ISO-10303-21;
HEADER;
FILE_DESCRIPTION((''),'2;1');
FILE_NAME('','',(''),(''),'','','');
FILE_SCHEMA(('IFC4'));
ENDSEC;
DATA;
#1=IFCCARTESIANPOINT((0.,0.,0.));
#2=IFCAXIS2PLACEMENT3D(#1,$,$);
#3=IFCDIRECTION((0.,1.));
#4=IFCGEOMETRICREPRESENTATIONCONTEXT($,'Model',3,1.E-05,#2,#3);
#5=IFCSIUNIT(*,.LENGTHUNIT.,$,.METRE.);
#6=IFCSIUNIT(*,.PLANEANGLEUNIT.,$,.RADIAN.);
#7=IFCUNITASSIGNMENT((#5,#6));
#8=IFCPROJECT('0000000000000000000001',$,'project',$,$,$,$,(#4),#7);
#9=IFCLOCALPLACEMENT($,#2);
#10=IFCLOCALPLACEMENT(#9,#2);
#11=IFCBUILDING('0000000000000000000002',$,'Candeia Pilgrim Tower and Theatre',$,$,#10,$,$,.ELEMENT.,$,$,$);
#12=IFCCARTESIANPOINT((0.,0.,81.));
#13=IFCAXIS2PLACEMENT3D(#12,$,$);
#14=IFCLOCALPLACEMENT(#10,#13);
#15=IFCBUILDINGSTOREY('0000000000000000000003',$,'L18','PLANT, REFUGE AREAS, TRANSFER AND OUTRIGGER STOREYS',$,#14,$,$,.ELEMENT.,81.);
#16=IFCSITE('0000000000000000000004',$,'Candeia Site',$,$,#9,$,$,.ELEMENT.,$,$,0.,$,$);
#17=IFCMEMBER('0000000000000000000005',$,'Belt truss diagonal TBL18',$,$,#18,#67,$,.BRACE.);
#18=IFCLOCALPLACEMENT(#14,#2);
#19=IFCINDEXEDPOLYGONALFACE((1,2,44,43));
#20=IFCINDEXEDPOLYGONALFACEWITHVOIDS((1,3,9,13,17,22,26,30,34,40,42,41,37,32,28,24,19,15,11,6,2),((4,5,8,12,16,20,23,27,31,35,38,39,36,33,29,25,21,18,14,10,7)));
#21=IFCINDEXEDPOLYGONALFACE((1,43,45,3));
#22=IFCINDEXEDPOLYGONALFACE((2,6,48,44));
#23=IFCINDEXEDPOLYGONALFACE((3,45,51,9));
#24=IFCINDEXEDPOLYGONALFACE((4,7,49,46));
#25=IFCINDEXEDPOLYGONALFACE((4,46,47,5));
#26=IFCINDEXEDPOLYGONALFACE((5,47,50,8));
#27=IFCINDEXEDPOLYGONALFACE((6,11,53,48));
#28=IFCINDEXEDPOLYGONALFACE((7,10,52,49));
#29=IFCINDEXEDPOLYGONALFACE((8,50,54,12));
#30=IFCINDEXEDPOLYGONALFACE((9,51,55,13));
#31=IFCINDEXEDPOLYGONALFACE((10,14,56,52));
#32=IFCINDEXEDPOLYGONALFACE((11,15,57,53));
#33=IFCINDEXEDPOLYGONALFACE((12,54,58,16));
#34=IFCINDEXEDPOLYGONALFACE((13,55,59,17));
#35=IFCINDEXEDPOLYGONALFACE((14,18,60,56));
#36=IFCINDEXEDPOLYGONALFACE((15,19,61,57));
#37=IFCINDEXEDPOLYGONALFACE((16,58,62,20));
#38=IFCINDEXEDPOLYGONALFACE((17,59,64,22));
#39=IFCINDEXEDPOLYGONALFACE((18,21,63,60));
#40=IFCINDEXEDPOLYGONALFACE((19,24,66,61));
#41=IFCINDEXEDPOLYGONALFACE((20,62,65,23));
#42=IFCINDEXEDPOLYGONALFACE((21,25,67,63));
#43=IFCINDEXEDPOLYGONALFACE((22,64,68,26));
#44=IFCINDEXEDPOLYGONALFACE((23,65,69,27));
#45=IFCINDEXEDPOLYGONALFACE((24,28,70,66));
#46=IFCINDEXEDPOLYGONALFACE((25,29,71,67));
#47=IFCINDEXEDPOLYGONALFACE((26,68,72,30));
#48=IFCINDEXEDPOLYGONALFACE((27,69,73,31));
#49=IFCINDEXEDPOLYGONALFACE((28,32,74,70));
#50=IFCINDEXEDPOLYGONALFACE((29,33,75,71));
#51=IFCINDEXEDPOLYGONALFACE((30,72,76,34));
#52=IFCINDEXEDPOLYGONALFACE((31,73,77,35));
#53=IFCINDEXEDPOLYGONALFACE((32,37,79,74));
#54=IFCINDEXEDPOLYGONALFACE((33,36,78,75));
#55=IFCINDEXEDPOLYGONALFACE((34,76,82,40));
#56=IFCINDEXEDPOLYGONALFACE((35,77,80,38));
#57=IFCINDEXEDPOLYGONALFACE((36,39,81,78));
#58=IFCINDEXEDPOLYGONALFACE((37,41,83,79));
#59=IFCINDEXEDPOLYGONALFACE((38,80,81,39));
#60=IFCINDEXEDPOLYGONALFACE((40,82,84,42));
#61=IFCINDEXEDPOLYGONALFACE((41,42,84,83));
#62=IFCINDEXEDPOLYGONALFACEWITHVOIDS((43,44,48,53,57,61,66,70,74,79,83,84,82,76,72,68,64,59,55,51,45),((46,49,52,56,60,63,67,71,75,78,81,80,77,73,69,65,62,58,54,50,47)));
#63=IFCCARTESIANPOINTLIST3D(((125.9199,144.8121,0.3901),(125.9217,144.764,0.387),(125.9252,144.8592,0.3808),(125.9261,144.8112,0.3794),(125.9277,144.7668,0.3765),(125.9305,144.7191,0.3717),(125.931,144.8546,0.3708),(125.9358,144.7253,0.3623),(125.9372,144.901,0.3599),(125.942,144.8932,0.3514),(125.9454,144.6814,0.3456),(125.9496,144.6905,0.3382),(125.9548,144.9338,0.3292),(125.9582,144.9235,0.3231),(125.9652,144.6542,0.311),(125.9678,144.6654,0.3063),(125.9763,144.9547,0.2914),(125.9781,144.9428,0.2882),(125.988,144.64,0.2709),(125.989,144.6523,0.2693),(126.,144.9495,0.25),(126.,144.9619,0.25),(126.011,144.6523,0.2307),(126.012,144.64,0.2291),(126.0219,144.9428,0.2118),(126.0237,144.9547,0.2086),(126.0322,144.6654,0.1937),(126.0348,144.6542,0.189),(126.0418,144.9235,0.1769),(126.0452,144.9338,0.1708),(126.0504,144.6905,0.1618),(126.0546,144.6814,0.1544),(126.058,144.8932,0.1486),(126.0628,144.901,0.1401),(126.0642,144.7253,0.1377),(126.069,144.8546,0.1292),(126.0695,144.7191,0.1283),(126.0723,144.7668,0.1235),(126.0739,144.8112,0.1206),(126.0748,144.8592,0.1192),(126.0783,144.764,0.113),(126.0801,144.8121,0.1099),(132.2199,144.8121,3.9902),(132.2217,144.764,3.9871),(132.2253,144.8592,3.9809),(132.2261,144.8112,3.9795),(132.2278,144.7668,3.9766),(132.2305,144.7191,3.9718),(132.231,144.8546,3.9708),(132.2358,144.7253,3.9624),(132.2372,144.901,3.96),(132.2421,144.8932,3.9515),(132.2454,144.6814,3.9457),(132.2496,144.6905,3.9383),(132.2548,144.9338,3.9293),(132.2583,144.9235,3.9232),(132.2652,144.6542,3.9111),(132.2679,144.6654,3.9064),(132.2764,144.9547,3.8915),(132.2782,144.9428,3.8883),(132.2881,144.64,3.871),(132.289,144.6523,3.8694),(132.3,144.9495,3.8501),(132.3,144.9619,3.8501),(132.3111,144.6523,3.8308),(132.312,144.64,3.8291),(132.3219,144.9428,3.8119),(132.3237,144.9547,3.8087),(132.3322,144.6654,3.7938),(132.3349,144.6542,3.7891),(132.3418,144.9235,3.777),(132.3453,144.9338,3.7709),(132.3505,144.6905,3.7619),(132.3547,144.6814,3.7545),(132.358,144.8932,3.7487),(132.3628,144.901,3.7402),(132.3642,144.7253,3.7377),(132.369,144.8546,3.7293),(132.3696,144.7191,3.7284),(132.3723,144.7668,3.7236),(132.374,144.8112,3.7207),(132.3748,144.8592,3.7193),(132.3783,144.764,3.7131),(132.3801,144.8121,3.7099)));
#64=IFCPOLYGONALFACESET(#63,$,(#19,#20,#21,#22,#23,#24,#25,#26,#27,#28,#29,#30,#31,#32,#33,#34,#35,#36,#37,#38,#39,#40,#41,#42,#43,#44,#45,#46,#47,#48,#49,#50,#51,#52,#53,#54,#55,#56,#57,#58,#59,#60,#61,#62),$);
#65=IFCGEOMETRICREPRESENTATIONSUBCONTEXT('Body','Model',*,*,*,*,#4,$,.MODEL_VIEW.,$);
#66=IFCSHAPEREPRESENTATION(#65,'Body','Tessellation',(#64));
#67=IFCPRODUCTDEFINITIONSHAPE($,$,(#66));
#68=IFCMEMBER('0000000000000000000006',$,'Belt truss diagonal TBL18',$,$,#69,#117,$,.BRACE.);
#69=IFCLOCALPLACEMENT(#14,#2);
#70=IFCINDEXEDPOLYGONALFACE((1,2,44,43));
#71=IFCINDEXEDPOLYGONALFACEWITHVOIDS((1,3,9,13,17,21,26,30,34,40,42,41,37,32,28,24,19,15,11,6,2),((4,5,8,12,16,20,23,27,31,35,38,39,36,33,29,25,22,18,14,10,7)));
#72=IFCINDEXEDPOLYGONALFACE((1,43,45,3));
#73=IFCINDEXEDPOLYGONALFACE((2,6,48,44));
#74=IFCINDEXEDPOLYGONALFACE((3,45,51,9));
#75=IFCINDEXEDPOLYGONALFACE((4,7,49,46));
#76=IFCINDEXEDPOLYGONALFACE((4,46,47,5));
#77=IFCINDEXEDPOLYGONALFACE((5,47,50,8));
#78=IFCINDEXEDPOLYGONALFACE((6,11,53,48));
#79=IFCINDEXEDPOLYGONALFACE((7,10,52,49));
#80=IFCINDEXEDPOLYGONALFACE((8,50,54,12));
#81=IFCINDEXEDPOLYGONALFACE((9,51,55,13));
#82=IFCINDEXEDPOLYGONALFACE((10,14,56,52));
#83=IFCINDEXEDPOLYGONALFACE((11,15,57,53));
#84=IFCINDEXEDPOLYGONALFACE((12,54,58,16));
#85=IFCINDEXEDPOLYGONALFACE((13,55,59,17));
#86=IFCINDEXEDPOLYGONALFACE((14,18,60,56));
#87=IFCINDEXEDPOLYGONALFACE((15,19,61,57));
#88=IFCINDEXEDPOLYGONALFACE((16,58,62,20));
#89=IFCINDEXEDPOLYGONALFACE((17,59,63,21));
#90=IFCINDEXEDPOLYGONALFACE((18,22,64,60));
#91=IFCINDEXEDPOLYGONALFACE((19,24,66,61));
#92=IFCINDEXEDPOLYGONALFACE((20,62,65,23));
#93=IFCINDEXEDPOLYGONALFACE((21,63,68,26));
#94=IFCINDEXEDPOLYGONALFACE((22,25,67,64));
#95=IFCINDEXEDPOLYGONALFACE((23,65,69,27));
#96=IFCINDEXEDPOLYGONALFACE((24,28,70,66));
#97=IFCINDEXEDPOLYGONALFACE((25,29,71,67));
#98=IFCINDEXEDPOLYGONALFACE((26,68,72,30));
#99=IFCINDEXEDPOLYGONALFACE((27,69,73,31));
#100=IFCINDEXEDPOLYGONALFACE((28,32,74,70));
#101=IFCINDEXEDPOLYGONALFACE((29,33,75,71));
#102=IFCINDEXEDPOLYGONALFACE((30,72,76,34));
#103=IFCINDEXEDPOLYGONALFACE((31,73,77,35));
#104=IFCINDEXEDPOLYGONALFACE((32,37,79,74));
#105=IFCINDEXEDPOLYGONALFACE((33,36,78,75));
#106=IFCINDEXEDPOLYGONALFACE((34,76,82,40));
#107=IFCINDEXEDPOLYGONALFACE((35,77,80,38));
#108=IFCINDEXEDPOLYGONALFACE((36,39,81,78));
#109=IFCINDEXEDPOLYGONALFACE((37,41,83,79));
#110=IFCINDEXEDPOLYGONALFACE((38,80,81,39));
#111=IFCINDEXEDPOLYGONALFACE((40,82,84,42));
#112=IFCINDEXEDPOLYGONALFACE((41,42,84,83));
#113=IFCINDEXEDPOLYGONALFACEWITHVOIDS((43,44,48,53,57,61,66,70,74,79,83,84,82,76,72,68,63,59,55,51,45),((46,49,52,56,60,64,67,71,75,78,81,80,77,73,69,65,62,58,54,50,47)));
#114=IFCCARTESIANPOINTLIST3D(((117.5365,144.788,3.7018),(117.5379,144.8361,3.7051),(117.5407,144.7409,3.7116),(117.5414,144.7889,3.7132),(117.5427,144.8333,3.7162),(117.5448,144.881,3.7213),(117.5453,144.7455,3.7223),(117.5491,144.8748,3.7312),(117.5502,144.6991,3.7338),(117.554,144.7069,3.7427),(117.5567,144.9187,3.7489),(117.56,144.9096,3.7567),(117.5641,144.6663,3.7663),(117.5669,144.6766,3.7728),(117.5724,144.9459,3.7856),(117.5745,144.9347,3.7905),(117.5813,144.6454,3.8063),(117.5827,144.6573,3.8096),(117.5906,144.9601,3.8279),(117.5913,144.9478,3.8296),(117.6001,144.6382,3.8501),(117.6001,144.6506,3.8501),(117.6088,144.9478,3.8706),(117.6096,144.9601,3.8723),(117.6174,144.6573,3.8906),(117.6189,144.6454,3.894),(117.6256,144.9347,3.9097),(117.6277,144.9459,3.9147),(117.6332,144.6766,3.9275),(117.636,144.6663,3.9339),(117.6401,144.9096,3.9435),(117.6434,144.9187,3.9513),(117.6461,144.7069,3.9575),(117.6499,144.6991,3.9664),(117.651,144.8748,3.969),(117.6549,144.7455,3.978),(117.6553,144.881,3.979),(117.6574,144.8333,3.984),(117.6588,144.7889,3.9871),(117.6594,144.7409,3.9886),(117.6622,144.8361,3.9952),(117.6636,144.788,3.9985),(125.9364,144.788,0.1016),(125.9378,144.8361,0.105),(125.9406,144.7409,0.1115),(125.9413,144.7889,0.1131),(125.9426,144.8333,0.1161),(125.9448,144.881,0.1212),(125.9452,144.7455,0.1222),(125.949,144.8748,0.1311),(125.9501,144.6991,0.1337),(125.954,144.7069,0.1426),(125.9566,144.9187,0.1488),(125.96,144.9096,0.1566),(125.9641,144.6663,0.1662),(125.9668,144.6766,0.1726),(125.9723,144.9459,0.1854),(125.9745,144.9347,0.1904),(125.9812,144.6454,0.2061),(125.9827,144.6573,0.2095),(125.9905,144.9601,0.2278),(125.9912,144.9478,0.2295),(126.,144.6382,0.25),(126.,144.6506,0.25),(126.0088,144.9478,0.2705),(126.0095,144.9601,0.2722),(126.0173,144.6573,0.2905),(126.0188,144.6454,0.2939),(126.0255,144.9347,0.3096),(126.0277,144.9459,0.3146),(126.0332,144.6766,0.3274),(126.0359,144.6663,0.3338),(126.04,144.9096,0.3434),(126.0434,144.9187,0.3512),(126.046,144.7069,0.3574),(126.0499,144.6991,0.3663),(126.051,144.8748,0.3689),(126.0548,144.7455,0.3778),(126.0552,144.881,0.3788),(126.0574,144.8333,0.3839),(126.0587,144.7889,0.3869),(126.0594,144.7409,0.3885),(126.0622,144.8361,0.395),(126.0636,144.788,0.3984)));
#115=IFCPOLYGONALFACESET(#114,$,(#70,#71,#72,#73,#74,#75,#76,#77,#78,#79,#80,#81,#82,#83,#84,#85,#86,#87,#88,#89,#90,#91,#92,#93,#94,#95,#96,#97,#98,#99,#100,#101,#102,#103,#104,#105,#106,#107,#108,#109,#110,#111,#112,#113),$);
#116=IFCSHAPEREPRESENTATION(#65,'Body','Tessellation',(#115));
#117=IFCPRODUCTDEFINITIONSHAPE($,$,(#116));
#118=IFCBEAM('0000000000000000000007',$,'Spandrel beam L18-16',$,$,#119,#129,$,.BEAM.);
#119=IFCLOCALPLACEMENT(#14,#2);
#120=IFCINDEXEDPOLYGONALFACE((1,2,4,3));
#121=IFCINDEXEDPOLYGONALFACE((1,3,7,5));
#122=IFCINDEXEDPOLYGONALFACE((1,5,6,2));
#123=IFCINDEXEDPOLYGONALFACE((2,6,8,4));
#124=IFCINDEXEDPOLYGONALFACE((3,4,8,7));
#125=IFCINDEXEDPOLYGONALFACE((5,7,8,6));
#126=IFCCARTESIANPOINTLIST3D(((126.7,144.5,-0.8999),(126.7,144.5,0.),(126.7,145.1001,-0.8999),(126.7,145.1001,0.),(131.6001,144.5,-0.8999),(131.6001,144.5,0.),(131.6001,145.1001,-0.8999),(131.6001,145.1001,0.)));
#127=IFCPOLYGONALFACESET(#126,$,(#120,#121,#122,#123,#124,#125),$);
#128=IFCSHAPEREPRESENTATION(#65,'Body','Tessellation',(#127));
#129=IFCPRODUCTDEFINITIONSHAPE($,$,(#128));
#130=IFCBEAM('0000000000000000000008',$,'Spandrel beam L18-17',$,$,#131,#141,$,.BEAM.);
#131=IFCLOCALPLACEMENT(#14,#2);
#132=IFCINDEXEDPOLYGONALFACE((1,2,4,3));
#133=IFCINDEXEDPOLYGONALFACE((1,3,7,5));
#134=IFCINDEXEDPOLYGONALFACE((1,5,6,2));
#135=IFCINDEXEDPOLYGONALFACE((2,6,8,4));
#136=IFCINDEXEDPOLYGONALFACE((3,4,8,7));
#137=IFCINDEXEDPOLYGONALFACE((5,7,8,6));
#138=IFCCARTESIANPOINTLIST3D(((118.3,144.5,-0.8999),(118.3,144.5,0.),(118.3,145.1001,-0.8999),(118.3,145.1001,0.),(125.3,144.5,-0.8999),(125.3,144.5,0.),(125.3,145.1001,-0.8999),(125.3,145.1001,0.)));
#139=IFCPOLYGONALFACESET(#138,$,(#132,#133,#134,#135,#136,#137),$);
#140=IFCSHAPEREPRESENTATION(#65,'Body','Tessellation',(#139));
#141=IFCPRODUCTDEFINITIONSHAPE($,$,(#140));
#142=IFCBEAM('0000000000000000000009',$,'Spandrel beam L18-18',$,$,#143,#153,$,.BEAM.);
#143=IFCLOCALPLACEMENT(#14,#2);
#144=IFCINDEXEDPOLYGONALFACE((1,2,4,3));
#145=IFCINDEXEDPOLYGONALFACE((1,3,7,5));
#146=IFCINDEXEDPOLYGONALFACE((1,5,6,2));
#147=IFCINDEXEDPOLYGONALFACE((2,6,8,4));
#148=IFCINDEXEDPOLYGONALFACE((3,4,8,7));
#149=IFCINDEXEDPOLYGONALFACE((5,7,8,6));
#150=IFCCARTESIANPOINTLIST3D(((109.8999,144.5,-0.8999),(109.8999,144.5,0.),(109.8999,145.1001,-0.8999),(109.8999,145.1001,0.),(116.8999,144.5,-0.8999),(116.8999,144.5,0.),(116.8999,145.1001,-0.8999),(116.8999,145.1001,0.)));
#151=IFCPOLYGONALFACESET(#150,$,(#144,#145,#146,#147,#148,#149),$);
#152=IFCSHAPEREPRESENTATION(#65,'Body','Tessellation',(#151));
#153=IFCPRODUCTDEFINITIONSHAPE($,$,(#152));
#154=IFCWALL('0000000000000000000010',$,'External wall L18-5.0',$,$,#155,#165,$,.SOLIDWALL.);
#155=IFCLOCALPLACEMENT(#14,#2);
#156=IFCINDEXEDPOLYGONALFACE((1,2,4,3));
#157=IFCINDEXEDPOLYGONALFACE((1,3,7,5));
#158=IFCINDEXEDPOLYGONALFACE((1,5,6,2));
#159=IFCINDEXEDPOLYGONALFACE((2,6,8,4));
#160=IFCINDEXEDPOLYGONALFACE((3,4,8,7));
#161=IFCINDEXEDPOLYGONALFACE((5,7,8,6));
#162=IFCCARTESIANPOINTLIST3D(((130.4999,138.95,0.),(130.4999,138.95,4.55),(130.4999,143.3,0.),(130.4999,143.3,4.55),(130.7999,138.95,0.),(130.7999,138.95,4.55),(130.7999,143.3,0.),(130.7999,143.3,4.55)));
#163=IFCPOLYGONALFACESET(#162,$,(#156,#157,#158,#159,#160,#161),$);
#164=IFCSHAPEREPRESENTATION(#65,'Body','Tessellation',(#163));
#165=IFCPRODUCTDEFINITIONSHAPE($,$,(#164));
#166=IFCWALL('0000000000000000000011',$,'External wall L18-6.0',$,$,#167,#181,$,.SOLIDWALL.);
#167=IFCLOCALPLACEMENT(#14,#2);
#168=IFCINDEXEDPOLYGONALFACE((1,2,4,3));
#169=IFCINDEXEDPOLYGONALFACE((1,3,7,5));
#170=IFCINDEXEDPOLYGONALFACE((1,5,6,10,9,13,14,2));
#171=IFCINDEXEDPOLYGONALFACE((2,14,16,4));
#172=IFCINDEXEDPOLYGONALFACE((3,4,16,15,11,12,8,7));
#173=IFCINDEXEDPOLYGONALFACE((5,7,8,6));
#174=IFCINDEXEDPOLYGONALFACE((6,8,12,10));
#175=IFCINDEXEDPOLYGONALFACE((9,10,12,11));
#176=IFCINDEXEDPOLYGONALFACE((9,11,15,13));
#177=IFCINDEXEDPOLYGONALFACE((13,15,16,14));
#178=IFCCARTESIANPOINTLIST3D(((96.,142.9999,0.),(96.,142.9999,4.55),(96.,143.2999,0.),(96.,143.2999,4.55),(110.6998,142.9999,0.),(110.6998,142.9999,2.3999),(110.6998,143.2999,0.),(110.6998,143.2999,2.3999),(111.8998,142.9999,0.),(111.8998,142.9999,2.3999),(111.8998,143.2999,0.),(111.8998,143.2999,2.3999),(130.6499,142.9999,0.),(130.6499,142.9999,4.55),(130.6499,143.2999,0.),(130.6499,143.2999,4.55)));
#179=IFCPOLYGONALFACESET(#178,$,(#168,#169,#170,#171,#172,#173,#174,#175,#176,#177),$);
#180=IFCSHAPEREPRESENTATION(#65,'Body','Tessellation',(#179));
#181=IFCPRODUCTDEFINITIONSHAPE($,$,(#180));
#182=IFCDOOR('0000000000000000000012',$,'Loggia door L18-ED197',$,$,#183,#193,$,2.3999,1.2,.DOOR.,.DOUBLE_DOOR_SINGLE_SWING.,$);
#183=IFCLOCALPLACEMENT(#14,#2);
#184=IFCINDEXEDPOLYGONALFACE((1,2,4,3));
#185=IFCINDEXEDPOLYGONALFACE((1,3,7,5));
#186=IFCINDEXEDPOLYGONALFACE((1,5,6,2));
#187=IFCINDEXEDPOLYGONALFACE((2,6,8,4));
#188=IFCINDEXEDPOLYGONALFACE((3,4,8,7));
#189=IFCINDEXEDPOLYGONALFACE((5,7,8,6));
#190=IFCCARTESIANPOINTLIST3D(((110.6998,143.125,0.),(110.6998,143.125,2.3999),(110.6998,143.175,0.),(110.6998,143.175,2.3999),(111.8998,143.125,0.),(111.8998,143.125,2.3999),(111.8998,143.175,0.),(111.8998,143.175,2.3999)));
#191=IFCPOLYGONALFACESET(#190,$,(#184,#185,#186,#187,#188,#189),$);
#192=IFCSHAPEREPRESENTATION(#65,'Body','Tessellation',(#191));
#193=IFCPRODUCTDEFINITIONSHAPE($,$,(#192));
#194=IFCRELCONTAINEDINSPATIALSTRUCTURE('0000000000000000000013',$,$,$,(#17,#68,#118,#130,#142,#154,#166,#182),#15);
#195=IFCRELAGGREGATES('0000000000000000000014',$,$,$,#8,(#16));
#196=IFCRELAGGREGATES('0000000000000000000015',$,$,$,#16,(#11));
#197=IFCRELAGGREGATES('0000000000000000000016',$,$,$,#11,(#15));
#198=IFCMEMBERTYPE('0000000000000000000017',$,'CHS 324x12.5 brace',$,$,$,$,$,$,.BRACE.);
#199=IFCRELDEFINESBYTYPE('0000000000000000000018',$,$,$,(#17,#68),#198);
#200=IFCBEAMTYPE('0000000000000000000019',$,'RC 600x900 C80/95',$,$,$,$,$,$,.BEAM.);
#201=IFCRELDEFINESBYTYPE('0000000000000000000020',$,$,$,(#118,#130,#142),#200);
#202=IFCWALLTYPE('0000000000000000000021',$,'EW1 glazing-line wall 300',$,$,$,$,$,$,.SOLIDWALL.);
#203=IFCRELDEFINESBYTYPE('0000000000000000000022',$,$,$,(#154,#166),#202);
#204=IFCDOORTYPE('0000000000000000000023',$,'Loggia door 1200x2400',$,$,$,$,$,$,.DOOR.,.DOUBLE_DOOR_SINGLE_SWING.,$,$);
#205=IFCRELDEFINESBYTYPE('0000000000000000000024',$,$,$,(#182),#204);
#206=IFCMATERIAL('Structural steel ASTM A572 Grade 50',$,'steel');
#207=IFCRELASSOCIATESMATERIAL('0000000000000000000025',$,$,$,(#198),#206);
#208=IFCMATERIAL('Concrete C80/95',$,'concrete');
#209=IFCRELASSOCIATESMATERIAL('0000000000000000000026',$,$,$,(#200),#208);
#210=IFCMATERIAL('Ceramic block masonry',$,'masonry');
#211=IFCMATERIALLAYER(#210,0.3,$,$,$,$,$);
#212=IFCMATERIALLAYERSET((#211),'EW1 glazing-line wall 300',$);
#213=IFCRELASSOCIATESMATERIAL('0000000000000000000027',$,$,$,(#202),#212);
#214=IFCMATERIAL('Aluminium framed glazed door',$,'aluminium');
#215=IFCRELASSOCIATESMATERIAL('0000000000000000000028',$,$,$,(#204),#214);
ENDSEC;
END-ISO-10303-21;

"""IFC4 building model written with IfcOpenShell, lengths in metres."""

from ifc_helpers import new_model, si_unit, direction, frame, frame_2d, origin, origin_2d, place, context, subcontext, project, spatial, rectangle, hollow_circle, extrude, material, layer, layer_set, material_profile, profile_set, type_object, element, fill, save


model = new_model("IFC4")

# Units and contexts
model_context = context("Model", 3, precision=1e-05, world=origin(), true_north=direction((0.0, 1.0)))
body_context = subcontext(model_context, "Body", "Model", "MODEL_VIEW")
ifc_project = project(units=[si_unit("LENGTHUNIT", "METRE"), si_unit("PLANEANGLEUNIT", "RADIAN")], contexts=[model_context])

# Site, building, storey
site_placement = place(None, origin())
site = spatial("IfcSite", under=ifc_project, at=site_placement, Name="Candeia Site", CompositionType="ELEMENT", RefElevation=0.0)
building_placement = place(site_placement, origin())
building = spatial("IfcBuilding", under=site, at=building_placement, Name="Candeia Pilgrim Tower and Theatre", CompositionType="ELEMENT")
storey_placement = place(building_placement, frame((0.0, 0.0, 81.0)))
storey = spatial("IfcBuildingStorey", under=building, at=storey_placement, Name="L18", Description="PLANT, REFUGE AREAS, TRANSFER AND OUTRIGGER STOREYS", CompositionType="ELEMENT", Elevation=81.0)

# Shared definitions
ifc_material_1 = material(Name="Concrete C80/95", Category="concrete")

# Members
ifc_material_2 = material(Name="Structural steel ASTM A572 Grade 50", Category="steel")
ifc_material_profile_1 = material_profile(ifc_material_2, hollow_circle(Radius=0.1619, WallThickness=0.0125, at=origin_2d()))
ifc_profile_set_1 = profile_set([ifc_material_profile_1], Name="Structural steel ASTM A572 Grade 50")
member_type_1 = type_object("IfcMemberType", Name="CHS 324x12.5 brace", PredefinedType="BRACE", material=ifc_profile_set_1)
member_1_placement = place(storey_placement, frame((126.0, 144.8, 0.25), z_axis=(0.868239, 0.0, 0.496146), x_axis=(0.0, 1.0, 0.0)))
element("IfcMember", 1, at=member_1_placement, inside=storey, type_object=member_type_1, Name="Belt truss diagonal TBL18", PredefinedType="BRACE", context=body_context, shape_type="SweptSolid", body=[
    extrude(hollow_circle(Radius=0.1619, WallThickness=0.0125, at=origin_2d()), origin(), (0.0, 0.0, 1.0), 7.2561),
])
member_2_placement = place(storey_placement, frame((126.0, 144.8, 0.25), z_axis=(-0.91914, 0.0, 0.393932), x_axis=(0.0, -1.0, 0.0)))
element("IfcMember", 2, at=member_2_placement, inside=storey, type_object=member_type_1, Name="Belt truss diagonal TBL18", PredefinedType="BRACE", context=body_context, shape_type="SweptSolid", body=[
    extrude(hollow_circle(Radius=0.1619, WallThickness=0.0125, at=origin_2d()), origin(), (0.0, 0.0, 1.0), 9.1389),
])

# Beams
ifc_material_profile_2 = material_profile(ifc_material_1, rectangle(XDim=0.6001, YDim=0.8999, at=origin_2d()))
ifc_profile_set_2 = profile_set([ifc_material_profile_2], Name="Concrete C80/95")
beam_type = type_object("IfcBeamType", Name="RC 600x900 C80/95", PredefinedType="BEAM", material=ifc_profile_set_2)
beam_placement = place(storey_placement, frame((131.6001, 144.8, -0.45), z_axis=(-1.0, 0.0, 0.0), x_axis=(0.0, -1.0, 0.0)))
element("IfcBeam", 3, at=beam_placement, inside=storey, type_object=beam_type, Name="Spandrel beam L18-16", PredefinedType="BEAM", context=body_context, shape_type="SweptSolid", body=[
    extrude(rectangle(XDim=0.6001, YDim=0.8999, at=origin_2d()), origin(), (0.0, 0.0, 1.0), 4.9001),
])
for number, where, z_axis, x_axis, name in (
    (4, (125.3, 144.8, -0.45), (-1.0, 0.0, 0.0), (0.0, -1.0, 0.0), "Spandrel beam L18-17"),
    (5, (116.8999, 144.8, -0.45), (-1.0, 0.0, 0.0), (0.0, -1.0, 0.0), "Spandrel beam L18-18"),
):
    element("IfcBeam", number, at=place(storey_placement, frame(where, z_axis=z_axis, x_axis=x_axis)), inside=storey, type_object=beam_type, Name=name, PredefinedType="BEAM", context=body_context, shape_type="SweptSolid", body=[
        extrude(rectangle(XDim=0.6001, YDim=0.8999, at=origin_2d()), origin(), (0.0, 0.0, 1.0), 7.0),
    ])

# Wall
ifc_material_3 = material(Name="Ceramic block masonry", Category="masonry")
ifc_layer_1 = layer(ifc_material_3, 0.3)
ifc_layer_set_1 = layer_set([ifc_layer_1], Name="EW1 glazing-line wall 300")
wall_type_1 = type_object("IfcWallType", Name="EW1 glazing-line wall 300", PredefinedType="SOLIDWALL", material=ifc_layer_set_1)
wall_1_placement = place(storey_placement, frame((130.6499, 138.95, 0.0), z_axis=(0.0, 0.0, 1.0), x_axis=(0.0, 1.0, 0.0)))
element("IfcWall", 6, at=wall_1_placement, inside=storey, type_object=wall_type_1, Name="External wall L18-5.0", PredefinedType="SOLIDWALL", context=body_context, shape_type="SweptSolid", body=[
    extrude(rectangle(XDim=4.3501, YDim=0.3, at=frame_2d((2.175, 0.0))), origin(), (0.0, 0.0, 1.0), 4.55),
])

# Wall, opening, door
wall_2_placement = place(storey_placement, frame((130.6499, 143.1499, 0.0), z_axis=(0.0, 0.0, 1.0), x_axis=(-1.0, 0.0, 0.0)))
wall_2 = element("IfcWall", 7, at=wall_2_placement, inside=storey, type_object=wall_type_1, Name="External wall L18-6.0", PredefinedType="SOLIDWALL", context=body_context, shape_type="SweptSolid", body=[
    extrude(rectangle(XDim=34.6499, YDim=0.3, at=frame_2d((17.325, 0.0))), origin(), (0.0, 0.0, 1.0), 4.55),
])
opening_placement = place(wall_2_placement, frame((18.75, 0.0, 0.0)))
opening = element("IfcOpeningElement", 8, at=opening_placement, cuts=wall_2, PredefinedType="OPENING", context=body_context, shape_type="SweptSolid", body=[
    extrude(rectangle(XDim=1.2, YDim=2.3999, at=frame_2d((0.6001, 1.2))), frame((0.0, 0.1602, 0.0), z_axis=(0.0, -1.0, 0.0), x_axis=(1.0, 0.0, 0.0)), (0.0, 0.0, 1.0), 0.3201),
])
ifc_material_4 = material(Name="Aluminium framed glazed door", Category="aluminium")
door_type = type_object("IfcDoorType", Name="Loggia door 1200x2400", OperationType="DOUBLE_DOOR_SINGLE_SWING", PredefinedType="DOOR", material=ifc_material_4)
door_placement = place(opening_placement, origin())
door = element("IfcDoor", 9, at=door_placement, inside=storey, type_object=door_type, Name="Loggia door L18-ED197", OperationType="DOUBLE_DOOR_SINGLE_SWING", OverallHeight=2.3999, OverallWidth=1.2, PredefinedType="DOOR", context=body_context, shape_type="SweptSolid", body=[
    extrude(rectangle(XDim=1.2, YDim=2.3999, at=frame_2d((0.6001, 1.2))), frame((0.0, 0.0249, 0.0), z_axis=(0.0, -1.0, 0.0), x_axis=(1.0, 0.0, 0.0)), (0.0, 0.0, 1.0), 0.05),
])
fill(opening, door)

save(model, "model.ifc")
